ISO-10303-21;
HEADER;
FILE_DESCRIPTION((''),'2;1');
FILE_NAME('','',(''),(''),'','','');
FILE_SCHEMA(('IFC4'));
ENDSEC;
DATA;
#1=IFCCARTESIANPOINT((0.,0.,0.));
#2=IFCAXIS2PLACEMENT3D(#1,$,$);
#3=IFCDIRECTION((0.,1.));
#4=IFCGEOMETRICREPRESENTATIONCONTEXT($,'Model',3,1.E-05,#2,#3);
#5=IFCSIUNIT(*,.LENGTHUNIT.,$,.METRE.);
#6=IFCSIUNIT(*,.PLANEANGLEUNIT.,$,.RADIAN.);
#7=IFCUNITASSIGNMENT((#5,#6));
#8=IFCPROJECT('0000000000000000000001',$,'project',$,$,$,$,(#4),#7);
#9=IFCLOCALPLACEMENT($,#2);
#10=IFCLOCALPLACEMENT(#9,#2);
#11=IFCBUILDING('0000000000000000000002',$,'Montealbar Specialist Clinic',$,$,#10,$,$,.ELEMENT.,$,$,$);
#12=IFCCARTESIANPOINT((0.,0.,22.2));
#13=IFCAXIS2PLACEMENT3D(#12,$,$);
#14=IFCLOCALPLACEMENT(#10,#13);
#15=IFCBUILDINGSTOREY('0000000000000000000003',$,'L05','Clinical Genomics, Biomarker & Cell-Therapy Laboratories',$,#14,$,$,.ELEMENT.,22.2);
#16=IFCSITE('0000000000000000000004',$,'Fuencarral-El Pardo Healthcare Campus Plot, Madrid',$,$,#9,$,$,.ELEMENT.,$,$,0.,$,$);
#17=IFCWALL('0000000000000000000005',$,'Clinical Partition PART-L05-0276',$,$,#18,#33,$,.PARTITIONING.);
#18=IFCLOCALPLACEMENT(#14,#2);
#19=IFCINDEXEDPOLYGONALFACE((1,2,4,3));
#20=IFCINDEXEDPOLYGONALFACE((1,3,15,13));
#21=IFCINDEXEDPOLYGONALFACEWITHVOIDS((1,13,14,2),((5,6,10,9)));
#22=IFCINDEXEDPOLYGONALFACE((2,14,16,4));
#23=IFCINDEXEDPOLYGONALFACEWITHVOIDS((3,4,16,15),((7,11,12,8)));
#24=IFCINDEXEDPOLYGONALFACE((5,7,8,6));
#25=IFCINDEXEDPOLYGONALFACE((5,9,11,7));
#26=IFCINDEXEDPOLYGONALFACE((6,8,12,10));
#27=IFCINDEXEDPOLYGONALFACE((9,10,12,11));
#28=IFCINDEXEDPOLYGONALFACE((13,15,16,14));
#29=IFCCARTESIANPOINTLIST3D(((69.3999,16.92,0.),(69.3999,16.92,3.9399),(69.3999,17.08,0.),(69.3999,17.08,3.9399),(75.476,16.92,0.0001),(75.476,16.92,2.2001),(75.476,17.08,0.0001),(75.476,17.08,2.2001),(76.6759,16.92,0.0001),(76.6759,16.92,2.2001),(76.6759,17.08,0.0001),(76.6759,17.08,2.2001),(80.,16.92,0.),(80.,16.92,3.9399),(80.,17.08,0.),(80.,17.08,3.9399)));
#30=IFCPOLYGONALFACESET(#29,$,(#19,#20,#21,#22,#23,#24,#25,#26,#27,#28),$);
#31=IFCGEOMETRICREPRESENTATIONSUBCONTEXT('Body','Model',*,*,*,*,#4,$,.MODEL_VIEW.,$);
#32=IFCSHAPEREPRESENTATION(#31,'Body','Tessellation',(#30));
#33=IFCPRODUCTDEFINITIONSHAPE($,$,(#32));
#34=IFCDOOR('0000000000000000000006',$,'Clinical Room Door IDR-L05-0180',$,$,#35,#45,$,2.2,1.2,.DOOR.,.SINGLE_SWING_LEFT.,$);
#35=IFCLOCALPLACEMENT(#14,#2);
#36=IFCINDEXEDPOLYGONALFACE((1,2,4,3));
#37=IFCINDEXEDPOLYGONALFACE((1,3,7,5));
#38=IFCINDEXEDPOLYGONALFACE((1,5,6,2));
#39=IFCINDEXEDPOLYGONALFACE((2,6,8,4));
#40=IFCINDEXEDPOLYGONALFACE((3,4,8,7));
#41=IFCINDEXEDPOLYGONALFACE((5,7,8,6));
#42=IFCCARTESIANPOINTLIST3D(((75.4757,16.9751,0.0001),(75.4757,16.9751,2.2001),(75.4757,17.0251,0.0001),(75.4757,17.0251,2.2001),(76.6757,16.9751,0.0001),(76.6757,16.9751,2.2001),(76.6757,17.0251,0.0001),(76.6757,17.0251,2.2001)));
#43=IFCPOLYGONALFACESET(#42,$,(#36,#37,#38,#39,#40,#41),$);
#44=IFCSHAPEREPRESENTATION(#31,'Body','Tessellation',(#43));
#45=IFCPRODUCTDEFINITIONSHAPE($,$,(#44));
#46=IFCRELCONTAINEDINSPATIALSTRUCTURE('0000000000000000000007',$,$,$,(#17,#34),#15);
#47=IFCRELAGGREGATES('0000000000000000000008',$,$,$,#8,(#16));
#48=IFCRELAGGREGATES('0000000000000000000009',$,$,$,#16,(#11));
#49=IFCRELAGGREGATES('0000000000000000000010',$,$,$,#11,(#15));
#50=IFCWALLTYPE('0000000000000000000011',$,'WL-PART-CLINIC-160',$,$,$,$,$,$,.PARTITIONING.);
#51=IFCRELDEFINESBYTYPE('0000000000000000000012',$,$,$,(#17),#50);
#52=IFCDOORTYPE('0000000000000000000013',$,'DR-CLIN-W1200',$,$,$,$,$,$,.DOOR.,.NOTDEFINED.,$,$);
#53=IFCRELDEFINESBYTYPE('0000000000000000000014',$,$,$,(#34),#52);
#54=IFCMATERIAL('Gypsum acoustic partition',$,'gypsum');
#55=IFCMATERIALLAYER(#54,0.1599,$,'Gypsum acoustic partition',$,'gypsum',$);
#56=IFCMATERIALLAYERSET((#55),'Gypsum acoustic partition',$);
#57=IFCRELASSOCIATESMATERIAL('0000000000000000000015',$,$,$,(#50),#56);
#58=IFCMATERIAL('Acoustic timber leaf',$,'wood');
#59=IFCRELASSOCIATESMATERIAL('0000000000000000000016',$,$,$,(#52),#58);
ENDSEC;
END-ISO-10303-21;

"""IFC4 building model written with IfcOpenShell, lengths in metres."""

from ifc_helpers import new_model, si_unit, direction, frame, frame_2d, origin, place, context, subcontext, project, spatial, rectangle, extrude, material, layer, layer_set, type_object, element, fill, save


model = new_model("IFC4")

# Units and contexts
model_context = context("Model", 3, precision=1e-05, world=origin(), true_north=direction((0.0, 1.0)))
body_context = subcontext(model_context, "Body", "Model", "MODEL_VIEW")
ifc_project = project(units=[si_unit("LENGTHUNIT", "METRE"), si_unit("PLANEANGLEUNIT", "RADIAN")], contexts=[model_context])

# Site, building, storey
site_placement = place(None, origin())
site = spatial("IfcSite", under=ifc_project, at=site_placement, Name="Fuencarral-El Pardo Healthcare Campus Plot, Madrid", CompositionType="ELEMENT", RefElevation=0.0)
building_placement = place(site_placement, origin())
building = spatial("IfcBuilding", under=site, at=building_placement, Name="Montealbar Specialist Clinic", CompositionType="ELEMENT")
storey_placement = place(building_placement, frame((0.0, 0.0, 22.2)))
storey = spatial("IfcBuildingStorey", under=building, at=storey_placement, Name="L05", Description="Clinical Genomics, Biomarker & Cell-Therapy Laboratories", CompositionType="ELEMENT", Elevation=22.2)

# Wall, opening, door
ifc_material_1 = material(Name="Gypsum acoustic partition", Category="gypsum")
ifc_layer_1 = layer(ifc_material_1, 0.1599, Name="Gypsum acoustic partition", Category="gypsum")
ifc_layer_set_1 = layer_set([ifc_layer_1], Name="Gypsum acoustic partition")
wall_type = type_object("IfcWallType", Name="WL-PART-CLINIC-160", PredefinedType="PARTITIONING", material=ifc_layer_set_1)
ifc_material_2 = material(Name="Acoustic timber leaf", Category="wood")
door_type = type_object("IfcDoorType", Name="DR-CLIN-W1200", OperationType="NOTDEFINED", PredefinedType="DOOR", material=ifc_material_2)
wall_1_placement = place(storey_placement, frame((69.3999, 17.0, 0.0), z_axis=(0.0, 0.0, 1.0), x_axis=(1.0, 0.0, 0.0)))
wall_1 = element("IfcWall", 1, at=wall_1_placement, inside=storey, type_object=wall_type, Name="Clinical Partition PART-L05-0276", PredefinedType="PARTITIONING", context=body_context, shape_type="SweptSolid", body=[
    extrude(rectangle(XDim=10.6001, YDim=0.1599, at=frame_2d((5.3, 0.0))), origin(), (0.0, 0.0, 1.0), 3.9399),
])
opening_1_placement = place(wall_1_placement, frame((6.0759, 0.0, 0.0)))
opening_1 = element("IfcOpeningElement", 2, at=opening_1_placement, cuts=wall_1, PredefinedType="OPENING", context=body_context, shape_type="SweptSolid", body=[
    extrude(rectangle(XDim=1.2, YDim=2.2, at=frame_2d((0.6001, 1.1001))), frame((0.0, 0.0898, 0.0), z_axis=(0.0, -1.0, 0.0), x_axis=(1.0, 0.0, 0.0)), (0.0, 0.0, 1.0), 0.1799),
])
door_1_placement = place(opening_1_placement, frame((1.2, 0.0, 0.0), z_axis=(0.0, 0.0, 1.0), x_axis=(-1.0, 0.0, 0.0)))
door_1 = element("IfcDoor", 3, at=door_1_placement, inside=storey, type_object=door_type, Name="Clinical Room Door IDR-L05-0180", OperationType="SINGLE_SWING_LEFT", OverallHeight=2.2, OverallWidth=1.2, PredefinedType="DOOR", context=body_context, shape_type="SweptSolid", body=[
    extrude(rectangle(XDim=1.2, YDim=2.2, at=frame_2d((0.6001, 1.1001))), frame((0.0, 0.0249, 0.0), z_axis=(0.0, -1.0, 0.0), x_axis=(1.0, 0.0, 0.0)), (0.0, 0.0, 1.0), 0.05),
])
fill(opening_1, door_1)

save(model, "model.ifc")
